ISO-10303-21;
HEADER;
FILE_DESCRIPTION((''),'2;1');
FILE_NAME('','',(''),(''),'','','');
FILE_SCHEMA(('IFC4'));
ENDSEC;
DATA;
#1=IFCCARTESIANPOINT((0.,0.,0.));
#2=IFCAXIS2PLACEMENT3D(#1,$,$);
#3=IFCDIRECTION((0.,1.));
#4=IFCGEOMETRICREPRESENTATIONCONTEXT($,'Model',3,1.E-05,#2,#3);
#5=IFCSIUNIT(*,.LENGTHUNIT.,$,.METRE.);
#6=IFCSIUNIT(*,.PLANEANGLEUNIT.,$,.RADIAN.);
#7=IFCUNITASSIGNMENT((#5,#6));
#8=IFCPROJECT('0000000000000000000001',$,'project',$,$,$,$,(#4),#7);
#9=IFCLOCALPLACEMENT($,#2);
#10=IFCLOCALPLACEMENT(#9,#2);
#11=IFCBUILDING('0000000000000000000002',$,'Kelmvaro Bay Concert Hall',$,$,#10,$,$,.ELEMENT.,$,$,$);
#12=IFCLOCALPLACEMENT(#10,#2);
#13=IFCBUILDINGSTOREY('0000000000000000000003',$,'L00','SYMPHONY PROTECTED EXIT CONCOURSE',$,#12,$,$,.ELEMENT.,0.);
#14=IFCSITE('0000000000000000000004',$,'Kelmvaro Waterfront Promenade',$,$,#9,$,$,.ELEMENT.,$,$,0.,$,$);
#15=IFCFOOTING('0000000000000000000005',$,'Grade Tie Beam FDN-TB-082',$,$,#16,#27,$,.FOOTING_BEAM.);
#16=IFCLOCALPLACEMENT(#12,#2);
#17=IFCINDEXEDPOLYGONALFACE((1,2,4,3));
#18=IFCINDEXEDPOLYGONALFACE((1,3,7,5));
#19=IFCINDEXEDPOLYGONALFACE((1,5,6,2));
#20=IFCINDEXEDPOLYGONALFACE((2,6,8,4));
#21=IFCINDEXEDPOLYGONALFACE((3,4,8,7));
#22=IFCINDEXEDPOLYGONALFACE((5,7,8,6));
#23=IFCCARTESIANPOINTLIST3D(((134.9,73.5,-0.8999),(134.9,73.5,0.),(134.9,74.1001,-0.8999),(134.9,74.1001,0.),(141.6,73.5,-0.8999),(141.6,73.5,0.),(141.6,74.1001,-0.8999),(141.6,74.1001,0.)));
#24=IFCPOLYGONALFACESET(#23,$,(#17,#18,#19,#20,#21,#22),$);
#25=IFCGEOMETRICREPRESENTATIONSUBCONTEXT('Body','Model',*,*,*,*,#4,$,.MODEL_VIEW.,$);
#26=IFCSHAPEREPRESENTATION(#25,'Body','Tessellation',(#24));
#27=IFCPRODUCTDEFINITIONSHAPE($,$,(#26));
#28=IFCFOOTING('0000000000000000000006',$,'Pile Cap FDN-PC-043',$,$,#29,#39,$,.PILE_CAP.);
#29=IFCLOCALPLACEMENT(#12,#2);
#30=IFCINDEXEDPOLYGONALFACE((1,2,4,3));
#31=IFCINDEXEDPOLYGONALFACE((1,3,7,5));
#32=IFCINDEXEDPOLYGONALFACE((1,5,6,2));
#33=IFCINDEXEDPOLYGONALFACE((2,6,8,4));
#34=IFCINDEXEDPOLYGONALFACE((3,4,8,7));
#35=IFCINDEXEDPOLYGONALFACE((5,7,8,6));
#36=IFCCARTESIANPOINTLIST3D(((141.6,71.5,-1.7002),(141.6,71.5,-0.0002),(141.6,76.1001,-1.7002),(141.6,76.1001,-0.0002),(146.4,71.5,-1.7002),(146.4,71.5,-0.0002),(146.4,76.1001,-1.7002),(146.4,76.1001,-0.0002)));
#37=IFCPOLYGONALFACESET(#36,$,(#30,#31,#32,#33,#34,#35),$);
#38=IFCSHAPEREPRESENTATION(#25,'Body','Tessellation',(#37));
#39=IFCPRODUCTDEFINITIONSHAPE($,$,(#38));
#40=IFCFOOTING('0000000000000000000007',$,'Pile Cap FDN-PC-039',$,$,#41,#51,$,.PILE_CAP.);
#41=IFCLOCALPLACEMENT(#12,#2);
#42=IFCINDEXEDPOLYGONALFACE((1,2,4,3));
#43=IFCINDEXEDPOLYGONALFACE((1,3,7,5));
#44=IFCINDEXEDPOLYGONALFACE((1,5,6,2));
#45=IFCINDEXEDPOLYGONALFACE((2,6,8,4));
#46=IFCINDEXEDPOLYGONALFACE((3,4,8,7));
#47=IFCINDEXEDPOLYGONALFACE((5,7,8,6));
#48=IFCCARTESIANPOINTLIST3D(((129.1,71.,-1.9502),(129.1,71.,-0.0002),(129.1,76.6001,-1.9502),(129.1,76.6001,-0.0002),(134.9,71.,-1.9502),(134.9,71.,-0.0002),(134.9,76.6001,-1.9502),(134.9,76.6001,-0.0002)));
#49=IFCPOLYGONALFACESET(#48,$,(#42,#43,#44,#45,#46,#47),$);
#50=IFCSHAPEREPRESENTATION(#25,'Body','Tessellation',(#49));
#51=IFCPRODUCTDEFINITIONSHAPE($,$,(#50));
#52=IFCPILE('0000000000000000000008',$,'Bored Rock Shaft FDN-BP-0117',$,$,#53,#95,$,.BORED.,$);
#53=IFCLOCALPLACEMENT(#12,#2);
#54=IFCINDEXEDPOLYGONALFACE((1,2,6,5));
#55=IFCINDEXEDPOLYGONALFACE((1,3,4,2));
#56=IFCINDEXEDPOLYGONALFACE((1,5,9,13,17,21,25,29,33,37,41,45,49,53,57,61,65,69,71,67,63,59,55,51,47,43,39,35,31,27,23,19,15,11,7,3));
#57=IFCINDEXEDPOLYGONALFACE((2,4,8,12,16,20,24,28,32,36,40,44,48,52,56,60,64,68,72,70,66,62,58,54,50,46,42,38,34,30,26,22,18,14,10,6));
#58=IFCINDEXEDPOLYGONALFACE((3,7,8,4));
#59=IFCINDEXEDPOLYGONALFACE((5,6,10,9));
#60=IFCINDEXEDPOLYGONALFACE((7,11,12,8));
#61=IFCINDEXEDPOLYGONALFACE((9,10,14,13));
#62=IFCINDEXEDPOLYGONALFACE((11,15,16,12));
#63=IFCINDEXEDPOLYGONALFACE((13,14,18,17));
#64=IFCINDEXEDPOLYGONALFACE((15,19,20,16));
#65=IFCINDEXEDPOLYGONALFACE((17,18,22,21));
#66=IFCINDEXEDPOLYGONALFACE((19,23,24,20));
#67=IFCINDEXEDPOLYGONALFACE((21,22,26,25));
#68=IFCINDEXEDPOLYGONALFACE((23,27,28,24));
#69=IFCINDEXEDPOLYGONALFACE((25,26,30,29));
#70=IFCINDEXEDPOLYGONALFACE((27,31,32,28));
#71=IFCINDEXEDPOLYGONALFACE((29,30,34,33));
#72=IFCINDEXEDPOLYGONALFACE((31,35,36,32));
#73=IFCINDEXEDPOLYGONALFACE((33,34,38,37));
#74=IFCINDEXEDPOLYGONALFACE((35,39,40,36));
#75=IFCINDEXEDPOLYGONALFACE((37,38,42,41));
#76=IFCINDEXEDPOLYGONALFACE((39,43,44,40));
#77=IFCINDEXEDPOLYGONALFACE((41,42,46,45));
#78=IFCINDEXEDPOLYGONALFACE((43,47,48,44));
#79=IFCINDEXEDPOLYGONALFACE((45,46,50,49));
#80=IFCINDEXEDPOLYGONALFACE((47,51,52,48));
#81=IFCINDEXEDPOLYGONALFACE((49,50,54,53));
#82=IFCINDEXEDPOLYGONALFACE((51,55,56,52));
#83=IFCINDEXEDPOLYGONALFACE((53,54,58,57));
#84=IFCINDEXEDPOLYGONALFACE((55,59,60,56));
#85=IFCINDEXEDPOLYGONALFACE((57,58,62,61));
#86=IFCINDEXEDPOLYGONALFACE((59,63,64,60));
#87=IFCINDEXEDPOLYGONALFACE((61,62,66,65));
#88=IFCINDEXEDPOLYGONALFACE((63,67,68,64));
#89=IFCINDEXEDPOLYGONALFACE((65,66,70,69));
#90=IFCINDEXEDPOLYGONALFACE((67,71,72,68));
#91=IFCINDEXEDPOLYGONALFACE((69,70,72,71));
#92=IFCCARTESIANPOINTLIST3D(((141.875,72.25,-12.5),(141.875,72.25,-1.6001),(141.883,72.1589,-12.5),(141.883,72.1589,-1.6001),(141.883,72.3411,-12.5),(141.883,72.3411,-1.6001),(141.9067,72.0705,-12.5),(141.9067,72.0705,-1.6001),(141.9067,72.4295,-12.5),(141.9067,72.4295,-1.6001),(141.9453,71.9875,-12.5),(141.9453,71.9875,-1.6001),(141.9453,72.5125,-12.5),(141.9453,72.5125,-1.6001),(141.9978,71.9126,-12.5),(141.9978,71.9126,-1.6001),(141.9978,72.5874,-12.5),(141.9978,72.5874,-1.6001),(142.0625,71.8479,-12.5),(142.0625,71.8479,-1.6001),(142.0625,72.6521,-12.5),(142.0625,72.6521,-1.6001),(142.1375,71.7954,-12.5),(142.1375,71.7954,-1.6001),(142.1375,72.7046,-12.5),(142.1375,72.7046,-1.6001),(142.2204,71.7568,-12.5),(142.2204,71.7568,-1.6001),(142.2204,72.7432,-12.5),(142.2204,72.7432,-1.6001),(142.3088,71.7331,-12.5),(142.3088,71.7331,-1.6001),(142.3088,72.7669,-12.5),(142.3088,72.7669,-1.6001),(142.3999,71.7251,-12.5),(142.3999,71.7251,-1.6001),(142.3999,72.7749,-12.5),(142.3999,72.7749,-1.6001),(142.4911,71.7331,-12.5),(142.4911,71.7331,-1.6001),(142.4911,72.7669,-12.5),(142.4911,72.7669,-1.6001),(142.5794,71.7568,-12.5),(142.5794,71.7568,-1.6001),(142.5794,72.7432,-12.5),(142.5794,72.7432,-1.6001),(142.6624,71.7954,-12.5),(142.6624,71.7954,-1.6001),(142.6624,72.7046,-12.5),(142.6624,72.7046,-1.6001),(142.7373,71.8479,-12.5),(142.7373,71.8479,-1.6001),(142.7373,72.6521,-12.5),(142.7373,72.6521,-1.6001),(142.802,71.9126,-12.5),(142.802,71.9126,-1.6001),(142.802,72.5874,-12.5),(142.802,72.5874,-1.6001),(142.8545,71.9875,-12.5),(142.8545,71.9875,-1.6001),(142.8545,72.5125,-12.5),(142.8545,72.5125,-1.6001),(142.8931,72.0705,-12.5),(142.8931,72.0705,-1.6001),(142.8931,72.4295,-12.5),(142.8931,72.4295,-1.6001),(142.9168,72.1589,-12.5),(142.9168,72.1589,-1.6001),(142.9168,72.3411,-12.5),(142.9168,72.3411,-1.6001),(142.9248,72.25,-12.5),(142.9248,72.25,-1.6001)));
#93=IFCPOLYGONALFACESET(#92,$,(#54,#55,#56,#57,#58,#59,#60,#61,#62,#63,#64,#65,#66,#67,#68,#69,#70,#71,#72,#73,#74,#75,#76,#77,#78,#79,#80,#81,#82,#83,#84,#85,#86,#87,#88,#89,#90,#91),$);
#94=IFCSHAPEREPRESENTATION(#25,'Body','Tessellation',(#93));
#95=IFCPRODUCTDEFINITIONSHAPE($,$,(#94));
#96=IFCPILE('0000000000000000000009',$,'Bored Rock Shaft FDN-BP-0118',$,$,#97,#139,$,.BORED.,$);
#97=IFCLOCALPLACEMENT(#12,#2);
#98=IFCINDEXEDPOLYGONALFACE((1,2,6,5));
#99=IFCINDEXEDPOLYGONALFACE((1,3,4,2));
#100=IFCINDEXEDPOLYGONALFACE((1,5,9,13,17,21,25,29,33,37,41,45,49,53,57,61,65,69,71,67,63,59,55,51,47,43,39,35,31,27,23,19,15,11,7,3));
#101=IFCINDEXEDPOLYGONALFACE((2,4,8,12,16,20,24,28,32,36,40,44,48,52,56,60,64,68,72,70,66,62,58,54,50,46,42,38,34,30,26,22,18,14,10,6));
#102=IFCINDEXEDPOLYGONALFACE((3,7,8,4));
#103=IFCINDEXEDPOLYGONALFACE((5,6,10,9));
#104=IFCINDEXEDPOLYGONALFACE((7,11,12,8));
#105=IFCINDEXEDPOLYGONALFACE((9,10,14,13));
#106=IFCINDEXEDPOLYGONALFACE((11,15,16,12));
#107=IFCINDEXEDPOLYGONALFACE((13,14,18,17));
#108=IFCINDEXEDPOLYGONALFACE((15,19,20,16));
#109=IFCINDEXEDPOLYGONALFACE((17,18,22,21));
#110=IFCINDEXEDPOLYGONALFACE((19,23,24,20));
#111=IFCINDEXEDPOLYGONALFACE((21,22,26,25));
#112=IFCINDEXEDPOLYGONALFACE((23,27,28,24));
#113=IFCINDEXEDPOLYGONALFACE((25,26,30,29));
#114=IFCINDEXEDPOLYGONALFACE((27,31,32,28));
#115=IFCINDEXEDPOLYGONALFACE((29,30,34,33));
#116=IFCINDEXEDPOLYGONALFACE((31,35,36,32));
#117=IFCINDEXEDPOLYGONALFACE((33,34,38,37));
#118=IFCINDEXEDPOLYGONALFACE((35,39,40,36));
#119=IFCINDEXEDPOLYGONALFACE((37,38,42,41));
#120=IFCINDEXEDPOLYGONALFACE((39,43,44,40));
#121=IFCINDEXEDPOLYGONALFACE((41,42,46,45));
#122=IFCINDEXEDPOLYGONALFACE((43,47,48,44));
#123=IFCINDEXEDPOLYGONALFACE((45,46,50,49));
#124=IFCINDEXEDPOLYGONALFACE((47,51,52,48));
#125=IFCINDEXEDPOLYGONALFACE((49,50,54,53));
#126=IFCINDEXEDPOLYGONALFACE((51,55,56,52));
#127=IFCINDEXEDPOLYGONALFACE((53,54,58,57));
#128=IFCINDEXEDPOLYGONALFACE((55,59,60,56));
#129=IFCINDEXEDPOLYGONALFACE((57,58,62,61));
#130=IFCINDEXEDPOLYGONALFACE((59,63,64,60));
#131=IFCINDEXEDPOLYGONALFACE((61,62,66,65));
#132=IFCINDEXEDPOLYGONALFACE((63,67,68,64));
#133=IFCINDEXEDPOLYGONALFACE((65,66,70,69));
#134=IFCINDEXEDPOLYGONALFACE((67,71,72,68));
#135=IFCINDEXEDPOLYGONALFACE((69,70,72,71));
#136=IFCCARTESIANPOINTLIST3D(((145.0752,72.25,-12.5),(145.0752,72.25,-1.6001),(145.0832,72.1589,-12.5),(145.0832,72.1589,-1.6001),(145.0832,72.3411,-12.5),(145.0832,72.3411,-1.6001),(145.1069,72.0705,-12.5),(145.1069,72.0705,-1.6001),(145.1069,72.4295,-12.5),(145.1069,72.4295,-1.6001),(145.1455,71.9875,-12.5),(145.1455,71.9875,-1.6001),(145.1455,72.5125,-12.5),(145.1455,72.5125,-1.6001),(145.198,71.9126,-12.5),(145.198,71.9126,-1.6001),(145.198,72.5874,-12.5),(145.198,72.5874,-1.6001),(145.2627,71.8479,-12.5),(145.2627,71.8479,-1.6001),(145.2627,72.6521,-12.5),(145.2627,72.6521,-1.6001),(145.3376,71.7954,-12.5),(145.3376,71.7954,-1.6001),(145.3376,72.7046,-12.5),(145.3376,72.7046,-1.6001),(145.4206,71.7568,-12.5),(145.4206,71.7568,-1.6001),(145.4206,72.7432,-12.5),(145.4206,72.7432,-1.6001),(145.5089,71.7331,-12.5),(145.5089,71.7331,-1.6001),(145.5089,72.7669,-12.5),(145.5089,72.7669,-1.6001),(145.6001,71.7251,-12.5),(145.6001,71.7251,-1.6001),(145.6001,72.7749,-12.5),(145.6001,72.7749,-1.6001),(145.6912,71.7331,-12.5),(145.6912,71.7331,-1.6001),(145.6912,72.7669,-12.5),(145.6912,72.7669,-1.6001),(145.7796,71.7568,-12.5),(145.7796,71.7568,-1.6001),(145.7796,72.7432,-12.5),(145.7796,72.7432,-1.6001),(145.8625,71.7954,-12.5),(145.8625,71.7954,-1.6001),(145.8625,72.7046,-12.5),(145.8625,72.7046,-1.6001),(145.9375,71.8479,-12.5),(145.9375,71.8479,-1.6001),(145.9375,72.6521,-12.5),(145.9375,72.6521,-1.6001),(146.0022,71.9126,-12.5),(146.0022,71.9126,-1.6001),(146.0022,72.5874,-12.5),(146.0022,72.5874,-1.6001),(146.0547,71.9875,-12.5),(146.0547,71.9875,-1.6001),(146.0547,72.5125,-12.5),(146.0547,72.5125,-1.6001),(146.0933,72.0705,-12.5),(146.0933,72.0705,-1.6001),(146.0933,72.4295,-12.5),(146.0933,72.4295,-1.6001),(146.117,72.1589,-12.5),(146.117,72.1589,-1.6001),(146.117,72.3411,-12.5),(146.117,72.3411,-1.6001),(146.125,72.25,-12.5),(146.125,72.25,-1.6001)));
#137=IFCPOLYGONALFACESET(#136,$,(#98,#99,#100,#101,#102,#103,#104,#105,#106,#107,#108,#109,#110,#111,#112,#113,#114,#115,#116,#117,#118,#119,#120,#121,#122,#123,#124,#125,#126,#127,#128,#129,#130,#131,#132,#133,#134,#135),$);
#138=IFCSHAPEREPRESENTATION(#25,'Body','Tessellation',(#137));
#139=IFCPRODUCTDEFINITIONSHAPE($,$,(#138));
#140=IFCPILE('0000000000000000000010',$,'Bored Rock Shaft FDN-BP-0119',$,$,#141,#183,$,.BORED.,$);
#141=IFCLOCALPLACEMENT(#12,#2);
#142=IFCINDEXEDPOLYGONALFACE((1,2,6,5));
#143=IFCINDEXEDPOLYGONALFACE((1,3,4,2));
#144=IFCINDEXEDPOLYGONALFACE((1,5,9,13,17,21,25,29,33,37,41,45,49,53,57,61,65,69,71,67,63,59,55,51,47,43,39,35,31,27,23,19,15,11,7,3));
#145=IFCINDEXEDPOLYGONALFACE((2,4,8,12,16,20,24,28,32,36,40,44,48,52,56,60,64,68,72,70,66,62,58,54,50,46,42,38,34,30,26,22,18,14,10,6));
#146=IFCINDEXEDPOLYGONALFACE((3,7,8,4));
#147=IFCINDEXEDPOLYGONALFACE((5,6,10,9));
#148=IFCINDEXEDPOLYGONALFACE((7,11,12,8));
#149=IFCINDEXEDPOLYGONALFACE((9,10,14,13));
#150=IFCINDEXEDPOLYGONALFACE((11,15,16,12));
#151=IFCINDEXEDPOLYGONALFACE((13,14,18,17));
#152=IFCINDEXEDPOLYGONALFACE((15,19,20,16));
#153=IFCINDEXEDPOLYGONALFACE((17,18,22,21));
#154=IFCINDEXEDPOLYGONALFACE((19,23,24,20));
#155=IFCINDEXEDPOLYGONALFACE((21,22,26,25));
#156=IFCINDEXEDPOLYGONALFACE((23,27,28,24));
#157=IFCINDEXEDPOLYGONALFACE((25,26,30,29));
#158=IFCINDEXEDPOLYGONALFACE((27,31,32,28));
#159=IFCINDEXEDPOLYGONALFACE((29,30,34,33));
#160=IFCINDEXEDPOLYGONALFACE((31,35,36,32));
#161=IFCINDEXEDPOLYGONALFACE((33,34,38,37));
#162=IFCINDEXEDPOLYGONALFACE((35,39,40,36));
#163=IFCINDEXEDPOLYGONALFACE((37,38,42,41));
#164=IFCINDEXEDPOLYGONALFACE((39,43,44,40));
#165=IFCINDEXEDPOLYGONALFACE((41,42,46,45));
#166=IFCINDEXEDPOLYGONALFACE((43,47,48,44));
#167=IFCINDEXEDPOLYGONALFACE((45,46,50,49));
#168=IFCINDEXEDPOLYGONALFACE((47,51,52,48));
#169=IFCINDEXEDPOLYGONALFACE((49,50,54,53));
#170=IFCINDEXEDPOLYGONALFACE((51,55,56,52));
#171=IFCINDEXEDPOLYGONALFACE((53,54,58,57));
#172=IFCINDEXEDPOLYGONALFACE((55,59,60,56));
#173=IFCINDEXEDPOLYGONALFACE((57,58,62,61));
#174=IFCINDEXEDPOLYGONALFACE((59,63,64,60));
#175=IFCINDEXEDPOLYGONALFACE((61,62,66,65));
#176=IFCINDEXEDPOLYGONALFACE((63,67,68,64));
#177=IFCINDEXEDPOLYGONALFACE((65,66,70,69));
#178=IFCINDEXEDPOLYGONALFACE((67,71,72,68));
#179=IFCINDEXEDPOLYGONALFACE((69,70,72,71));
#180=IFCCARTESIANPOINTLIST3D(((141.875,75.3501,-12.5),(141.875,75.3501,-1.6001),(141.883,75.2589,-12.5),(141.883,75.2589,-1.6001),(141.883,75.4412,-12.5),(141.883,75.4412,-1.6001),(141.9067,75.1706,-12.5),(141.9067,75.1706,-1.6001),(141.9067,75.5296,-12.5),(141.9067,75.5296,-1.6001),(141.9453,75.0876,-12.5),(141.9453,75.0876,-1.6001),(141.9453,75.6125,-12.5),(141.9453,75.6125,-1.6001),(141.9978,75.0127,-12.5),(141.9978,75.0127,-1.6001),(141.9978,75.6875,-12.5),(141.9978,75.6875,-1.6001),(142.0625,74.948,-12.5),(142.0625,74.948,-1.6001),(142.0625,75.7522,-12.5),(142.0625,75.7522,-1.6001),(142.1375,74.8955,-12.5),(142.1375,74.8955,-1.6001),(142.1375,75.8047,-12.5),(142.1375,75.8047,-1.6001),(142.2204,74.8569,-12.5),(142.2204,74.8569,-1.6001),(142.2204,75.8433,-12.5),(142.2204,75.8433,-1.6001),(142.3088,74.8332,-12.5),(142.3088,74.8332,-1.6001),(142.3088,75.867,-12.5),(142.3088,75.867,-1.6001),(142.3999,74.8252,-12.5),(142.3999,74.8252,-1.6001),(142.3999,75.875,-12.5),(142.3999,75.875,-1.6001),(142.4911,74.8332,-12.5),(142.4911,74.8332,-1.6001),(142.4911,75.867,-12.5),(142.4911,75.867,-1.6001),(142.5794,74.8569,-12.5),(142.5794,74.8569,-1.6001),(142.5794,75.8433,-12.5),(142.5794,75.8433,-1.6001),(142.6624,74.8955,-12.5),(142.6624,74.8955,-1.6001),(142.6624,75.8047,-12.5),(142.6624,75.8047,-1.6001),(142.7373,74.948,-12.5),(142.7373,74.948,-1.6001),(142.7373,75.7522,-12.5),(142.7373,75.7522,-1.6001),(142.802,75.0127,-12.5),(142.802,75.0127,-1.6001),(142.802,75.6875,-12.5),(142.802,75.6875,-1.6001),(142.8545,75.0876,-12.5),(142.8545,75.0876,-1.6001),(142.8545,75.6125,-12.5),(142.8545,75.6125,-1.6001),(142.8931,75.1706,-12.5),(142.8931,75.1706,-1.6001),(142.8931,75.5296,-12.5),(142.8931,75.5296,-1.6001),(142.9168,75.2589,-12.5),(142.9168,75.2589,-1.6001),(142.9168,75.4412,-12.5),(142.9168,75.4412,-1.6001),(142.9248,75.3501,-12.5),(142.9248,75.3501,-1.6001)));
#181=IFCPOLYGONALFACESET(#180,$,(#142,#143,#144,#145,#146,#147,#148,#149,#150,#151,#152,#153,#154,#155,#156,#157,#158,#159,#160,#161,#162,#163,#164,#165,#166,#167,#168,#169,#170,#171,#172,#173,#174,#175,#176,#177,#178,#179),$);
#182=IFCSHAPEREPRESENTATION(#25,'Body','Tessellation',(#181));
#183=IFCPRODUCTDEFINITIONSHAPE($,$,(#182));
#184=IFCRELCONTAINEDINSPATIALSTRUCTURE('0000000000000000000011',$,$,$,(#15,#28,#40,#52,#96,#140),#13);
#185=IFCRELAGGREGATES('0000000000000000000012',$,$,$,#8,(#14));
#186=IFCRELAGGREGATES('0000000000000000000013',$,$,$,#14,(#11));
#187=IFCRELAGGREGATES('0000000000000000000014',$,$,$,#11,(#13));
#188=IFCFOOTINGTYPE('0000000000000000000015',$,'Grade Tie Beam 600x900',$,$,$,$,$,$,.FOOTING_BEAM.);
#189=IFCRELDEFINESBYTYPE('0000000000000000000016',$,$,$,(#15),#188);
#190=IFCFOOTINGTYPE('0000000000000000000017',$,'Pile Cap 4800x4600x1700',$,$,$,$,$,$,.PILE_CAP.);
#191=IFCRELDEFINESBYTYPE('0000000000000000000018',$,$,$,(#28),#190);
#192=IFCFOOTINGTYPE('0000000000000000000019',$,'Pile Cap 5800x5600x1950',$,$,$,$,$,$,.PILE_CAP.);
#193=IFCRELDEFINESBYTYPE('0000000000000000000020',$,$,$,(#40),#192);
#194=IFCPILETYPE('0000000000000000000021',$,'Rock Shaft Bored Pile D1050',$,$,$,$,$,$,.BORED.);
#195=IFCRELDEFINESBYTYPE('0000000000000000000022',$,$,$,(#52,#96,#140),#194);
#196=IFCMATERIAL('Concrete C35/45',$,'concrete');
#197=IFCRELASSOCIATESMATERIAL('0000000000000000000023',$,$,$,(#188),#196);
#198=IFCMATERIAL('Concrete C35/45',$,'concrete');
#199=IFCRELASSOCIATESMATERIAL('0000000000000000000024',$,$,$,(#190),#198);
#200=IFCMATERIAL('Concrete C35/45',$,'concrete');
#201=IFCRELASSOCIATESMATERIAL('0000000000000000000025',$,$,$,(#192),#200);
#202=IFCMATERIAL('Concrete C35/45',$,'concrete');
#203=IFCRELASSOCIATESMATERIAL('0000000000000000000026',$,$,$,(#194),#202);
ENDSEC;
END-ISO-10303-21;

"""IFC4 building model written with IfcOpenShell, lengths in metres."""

from ifc_helpers import new_model, si_unit, direction, frame, origin, origin_2d, place, context, subcontext, project, spatial, rectangle, circle, extrude, material, material_profile, profile_set, type_object, element, save


model = new_model("IFC4")

# Units and contexts
model_context = context("Model", 3, precision=1e-05, world=origin(), true_north=direction((0.0, 1.0)))
body_context = subcontext(model_context, "Body", "Model", "MODEL_VIEW")
ifc_project = project(units=[si_unit("LENGTHUNIT", "METRE"), si_unit("PLANEANGLEUNIT", "RADIAN")], contexts=[model_context])

# Site, building, storey
site_placement = place(None, origin())
site = spatial("IfcSite", under=ifc_project, at=site_placement, Name="Kelmvaro Waterfront Promenade", CompositionType="ELEMENT", RefElevation=0.0)
building_placement = place(site_placement, origin())
building = spatial("IfcBuilding", under=site, at=building_placement, Name="Kelmvaro Bay Concert Hall", CompositionType="ELEMENT")
storey_placement = place(building_placement, origin())
storey = spatial("IfcBuildingStorey", under=building, at=storey_placement, Name="L00", Description="SYMPHONY PROTECTED EXIT CONCOURSE", CompositionType="ELEMENT", Elevation=0.0)

# Footings
ifc_material_1 = material(Name="Concrete C35/45", Category="concrete")
footing_type_1 = type_object("IfcFootingType", Name="Grade Tie Beam 600x900", PredefinedType="FOOTING_BEAM", material=ifc_material_1)
footing_1_placement = place(storey_placement, frame((138.25, 73.8, -0.8999), z_axis=(0.0, 0.0, 1.0), x_axis=(1.0, 0.0, 0.0)))
element("IfcFooting", 1, at=footing_1_placement, inside=storey, type_object=footing_type_1, Name="Grade Tie Beam FDN-TB-082", PredefinedType="FOOTING_BEAM", context=body_context, shape_type="SweptSolid", body=[
    extrude(rectangle(XDim=6.7, YDim=0.6001, at=origin_2d()), origin(), (0.0, 0.0, 1.0), 0.8999),
])
ifc_material_2 = material(Name="Concrete C35/45", Category="concrete")
footing_type_2 = type_object("IfcFootingType", Name="Pile Cap 4800x4600x1700", PredefinedType="PILE_CAP", material=ifc_material_2)
footing_2_placement = place(storey_placement, frame((144.0, 73.8, -1.7002), z_axis=(0.0, 0.0, 1.0), x_axis=(1.0, 0.0, 0.0)))
element("IfcFooting", 2, at=footing_2_placement, inside=storey, type_object=footing_type_2, Name="Pile Cap FDN-PC-043", PredefinedType="PILE_CAP", context=body_context, shape_type="SweptSolid", body=[
    extrude(rectangle(XDim=4.8, YDim=4.6001, at=origin_2d()), origin(), (0.0, 0.0, 1.0), 1.7),
])
ifc_material_3 = material(Name="Concrete C35/45", Category="concrete")
footing_type_3 = type_object("IfcFootingType", Name="Pile Cap 5800x5600x1950", PredefinedType="PILE_CAP", material=ifc_material_3)
footing_3_placement = place(storey_placement, frame((132.0, 73.8, -1.9502), z_axis=(0.0, 0.0, 1.0), x_axis=(1.0, 0.0, 0.0)))
element("IfcFooting", 3, at=footing_3_placement, inside=storey, type_object=footing_type_3, Name="Pile Cap FDN-PC-039", PredefinedType="PILE_CAP", context=body_context, shape_type="SweptSolid", body=[
    extrude(rectangle(XDim=5.8, YDim=5.6001, at=origin_2d()), origin(), (0.0, 0.0, 1.0), 1.95),
])

# Piles
ifc_material_4 = material(Name="Concrete C35/45", Category="concrete")
ifc_material_profile_1 = material_profile(ifc_material_4, circle(Radius=0.5249, at=origin_2d()), Name="PILE-BORED-1050")
ifc_profile_set_1 = profile_set([ifc_material_profile_1], Name="Concrete C35/45")
pile_type_1 = type_object("IfcPileType", Name="Rock Shaft Bored Pile D1050", PredefinedType="BORED", material=ifc_profile_set_1)
for number, where, z_axis, x_axis, name in (
    (4, (142.3999, 72.25, -1.6001), (0.0, 0.0, -1.0), (1.0, 0.0, 0.0), "Bored Rock Shaft FDN-BP-0117"),
    (5, (145.6001, 72.25, -1.6001), (0.0, 0.0, -1.0), (1.0, 0.0, 0.0), "Bored Rock Shaft FDN-BP-0118"),
    (6, (142.3999, 75.3501, -1.6001), (0.0, 0.0, -1.0), (1.0, 0.0, 0.0), "Bored Rock Shaft FDN-BP-0119"),
):
    element("IfcPile", number, at=place(storey_placement, frame(where, z_axis=z_axis, x_axis=x_axis)), inside=storey, type_object=pile_type_1, Name=name, PredefinedType="BORED", context=body_context, shape_type="SweptSolid", body=[
        extrude(circle(Radius=0.5249, at=origin_2d()), origin(), (0.0, 0.0, 1.0), 10.8999),
    ])

save(model, "model.ifc")
